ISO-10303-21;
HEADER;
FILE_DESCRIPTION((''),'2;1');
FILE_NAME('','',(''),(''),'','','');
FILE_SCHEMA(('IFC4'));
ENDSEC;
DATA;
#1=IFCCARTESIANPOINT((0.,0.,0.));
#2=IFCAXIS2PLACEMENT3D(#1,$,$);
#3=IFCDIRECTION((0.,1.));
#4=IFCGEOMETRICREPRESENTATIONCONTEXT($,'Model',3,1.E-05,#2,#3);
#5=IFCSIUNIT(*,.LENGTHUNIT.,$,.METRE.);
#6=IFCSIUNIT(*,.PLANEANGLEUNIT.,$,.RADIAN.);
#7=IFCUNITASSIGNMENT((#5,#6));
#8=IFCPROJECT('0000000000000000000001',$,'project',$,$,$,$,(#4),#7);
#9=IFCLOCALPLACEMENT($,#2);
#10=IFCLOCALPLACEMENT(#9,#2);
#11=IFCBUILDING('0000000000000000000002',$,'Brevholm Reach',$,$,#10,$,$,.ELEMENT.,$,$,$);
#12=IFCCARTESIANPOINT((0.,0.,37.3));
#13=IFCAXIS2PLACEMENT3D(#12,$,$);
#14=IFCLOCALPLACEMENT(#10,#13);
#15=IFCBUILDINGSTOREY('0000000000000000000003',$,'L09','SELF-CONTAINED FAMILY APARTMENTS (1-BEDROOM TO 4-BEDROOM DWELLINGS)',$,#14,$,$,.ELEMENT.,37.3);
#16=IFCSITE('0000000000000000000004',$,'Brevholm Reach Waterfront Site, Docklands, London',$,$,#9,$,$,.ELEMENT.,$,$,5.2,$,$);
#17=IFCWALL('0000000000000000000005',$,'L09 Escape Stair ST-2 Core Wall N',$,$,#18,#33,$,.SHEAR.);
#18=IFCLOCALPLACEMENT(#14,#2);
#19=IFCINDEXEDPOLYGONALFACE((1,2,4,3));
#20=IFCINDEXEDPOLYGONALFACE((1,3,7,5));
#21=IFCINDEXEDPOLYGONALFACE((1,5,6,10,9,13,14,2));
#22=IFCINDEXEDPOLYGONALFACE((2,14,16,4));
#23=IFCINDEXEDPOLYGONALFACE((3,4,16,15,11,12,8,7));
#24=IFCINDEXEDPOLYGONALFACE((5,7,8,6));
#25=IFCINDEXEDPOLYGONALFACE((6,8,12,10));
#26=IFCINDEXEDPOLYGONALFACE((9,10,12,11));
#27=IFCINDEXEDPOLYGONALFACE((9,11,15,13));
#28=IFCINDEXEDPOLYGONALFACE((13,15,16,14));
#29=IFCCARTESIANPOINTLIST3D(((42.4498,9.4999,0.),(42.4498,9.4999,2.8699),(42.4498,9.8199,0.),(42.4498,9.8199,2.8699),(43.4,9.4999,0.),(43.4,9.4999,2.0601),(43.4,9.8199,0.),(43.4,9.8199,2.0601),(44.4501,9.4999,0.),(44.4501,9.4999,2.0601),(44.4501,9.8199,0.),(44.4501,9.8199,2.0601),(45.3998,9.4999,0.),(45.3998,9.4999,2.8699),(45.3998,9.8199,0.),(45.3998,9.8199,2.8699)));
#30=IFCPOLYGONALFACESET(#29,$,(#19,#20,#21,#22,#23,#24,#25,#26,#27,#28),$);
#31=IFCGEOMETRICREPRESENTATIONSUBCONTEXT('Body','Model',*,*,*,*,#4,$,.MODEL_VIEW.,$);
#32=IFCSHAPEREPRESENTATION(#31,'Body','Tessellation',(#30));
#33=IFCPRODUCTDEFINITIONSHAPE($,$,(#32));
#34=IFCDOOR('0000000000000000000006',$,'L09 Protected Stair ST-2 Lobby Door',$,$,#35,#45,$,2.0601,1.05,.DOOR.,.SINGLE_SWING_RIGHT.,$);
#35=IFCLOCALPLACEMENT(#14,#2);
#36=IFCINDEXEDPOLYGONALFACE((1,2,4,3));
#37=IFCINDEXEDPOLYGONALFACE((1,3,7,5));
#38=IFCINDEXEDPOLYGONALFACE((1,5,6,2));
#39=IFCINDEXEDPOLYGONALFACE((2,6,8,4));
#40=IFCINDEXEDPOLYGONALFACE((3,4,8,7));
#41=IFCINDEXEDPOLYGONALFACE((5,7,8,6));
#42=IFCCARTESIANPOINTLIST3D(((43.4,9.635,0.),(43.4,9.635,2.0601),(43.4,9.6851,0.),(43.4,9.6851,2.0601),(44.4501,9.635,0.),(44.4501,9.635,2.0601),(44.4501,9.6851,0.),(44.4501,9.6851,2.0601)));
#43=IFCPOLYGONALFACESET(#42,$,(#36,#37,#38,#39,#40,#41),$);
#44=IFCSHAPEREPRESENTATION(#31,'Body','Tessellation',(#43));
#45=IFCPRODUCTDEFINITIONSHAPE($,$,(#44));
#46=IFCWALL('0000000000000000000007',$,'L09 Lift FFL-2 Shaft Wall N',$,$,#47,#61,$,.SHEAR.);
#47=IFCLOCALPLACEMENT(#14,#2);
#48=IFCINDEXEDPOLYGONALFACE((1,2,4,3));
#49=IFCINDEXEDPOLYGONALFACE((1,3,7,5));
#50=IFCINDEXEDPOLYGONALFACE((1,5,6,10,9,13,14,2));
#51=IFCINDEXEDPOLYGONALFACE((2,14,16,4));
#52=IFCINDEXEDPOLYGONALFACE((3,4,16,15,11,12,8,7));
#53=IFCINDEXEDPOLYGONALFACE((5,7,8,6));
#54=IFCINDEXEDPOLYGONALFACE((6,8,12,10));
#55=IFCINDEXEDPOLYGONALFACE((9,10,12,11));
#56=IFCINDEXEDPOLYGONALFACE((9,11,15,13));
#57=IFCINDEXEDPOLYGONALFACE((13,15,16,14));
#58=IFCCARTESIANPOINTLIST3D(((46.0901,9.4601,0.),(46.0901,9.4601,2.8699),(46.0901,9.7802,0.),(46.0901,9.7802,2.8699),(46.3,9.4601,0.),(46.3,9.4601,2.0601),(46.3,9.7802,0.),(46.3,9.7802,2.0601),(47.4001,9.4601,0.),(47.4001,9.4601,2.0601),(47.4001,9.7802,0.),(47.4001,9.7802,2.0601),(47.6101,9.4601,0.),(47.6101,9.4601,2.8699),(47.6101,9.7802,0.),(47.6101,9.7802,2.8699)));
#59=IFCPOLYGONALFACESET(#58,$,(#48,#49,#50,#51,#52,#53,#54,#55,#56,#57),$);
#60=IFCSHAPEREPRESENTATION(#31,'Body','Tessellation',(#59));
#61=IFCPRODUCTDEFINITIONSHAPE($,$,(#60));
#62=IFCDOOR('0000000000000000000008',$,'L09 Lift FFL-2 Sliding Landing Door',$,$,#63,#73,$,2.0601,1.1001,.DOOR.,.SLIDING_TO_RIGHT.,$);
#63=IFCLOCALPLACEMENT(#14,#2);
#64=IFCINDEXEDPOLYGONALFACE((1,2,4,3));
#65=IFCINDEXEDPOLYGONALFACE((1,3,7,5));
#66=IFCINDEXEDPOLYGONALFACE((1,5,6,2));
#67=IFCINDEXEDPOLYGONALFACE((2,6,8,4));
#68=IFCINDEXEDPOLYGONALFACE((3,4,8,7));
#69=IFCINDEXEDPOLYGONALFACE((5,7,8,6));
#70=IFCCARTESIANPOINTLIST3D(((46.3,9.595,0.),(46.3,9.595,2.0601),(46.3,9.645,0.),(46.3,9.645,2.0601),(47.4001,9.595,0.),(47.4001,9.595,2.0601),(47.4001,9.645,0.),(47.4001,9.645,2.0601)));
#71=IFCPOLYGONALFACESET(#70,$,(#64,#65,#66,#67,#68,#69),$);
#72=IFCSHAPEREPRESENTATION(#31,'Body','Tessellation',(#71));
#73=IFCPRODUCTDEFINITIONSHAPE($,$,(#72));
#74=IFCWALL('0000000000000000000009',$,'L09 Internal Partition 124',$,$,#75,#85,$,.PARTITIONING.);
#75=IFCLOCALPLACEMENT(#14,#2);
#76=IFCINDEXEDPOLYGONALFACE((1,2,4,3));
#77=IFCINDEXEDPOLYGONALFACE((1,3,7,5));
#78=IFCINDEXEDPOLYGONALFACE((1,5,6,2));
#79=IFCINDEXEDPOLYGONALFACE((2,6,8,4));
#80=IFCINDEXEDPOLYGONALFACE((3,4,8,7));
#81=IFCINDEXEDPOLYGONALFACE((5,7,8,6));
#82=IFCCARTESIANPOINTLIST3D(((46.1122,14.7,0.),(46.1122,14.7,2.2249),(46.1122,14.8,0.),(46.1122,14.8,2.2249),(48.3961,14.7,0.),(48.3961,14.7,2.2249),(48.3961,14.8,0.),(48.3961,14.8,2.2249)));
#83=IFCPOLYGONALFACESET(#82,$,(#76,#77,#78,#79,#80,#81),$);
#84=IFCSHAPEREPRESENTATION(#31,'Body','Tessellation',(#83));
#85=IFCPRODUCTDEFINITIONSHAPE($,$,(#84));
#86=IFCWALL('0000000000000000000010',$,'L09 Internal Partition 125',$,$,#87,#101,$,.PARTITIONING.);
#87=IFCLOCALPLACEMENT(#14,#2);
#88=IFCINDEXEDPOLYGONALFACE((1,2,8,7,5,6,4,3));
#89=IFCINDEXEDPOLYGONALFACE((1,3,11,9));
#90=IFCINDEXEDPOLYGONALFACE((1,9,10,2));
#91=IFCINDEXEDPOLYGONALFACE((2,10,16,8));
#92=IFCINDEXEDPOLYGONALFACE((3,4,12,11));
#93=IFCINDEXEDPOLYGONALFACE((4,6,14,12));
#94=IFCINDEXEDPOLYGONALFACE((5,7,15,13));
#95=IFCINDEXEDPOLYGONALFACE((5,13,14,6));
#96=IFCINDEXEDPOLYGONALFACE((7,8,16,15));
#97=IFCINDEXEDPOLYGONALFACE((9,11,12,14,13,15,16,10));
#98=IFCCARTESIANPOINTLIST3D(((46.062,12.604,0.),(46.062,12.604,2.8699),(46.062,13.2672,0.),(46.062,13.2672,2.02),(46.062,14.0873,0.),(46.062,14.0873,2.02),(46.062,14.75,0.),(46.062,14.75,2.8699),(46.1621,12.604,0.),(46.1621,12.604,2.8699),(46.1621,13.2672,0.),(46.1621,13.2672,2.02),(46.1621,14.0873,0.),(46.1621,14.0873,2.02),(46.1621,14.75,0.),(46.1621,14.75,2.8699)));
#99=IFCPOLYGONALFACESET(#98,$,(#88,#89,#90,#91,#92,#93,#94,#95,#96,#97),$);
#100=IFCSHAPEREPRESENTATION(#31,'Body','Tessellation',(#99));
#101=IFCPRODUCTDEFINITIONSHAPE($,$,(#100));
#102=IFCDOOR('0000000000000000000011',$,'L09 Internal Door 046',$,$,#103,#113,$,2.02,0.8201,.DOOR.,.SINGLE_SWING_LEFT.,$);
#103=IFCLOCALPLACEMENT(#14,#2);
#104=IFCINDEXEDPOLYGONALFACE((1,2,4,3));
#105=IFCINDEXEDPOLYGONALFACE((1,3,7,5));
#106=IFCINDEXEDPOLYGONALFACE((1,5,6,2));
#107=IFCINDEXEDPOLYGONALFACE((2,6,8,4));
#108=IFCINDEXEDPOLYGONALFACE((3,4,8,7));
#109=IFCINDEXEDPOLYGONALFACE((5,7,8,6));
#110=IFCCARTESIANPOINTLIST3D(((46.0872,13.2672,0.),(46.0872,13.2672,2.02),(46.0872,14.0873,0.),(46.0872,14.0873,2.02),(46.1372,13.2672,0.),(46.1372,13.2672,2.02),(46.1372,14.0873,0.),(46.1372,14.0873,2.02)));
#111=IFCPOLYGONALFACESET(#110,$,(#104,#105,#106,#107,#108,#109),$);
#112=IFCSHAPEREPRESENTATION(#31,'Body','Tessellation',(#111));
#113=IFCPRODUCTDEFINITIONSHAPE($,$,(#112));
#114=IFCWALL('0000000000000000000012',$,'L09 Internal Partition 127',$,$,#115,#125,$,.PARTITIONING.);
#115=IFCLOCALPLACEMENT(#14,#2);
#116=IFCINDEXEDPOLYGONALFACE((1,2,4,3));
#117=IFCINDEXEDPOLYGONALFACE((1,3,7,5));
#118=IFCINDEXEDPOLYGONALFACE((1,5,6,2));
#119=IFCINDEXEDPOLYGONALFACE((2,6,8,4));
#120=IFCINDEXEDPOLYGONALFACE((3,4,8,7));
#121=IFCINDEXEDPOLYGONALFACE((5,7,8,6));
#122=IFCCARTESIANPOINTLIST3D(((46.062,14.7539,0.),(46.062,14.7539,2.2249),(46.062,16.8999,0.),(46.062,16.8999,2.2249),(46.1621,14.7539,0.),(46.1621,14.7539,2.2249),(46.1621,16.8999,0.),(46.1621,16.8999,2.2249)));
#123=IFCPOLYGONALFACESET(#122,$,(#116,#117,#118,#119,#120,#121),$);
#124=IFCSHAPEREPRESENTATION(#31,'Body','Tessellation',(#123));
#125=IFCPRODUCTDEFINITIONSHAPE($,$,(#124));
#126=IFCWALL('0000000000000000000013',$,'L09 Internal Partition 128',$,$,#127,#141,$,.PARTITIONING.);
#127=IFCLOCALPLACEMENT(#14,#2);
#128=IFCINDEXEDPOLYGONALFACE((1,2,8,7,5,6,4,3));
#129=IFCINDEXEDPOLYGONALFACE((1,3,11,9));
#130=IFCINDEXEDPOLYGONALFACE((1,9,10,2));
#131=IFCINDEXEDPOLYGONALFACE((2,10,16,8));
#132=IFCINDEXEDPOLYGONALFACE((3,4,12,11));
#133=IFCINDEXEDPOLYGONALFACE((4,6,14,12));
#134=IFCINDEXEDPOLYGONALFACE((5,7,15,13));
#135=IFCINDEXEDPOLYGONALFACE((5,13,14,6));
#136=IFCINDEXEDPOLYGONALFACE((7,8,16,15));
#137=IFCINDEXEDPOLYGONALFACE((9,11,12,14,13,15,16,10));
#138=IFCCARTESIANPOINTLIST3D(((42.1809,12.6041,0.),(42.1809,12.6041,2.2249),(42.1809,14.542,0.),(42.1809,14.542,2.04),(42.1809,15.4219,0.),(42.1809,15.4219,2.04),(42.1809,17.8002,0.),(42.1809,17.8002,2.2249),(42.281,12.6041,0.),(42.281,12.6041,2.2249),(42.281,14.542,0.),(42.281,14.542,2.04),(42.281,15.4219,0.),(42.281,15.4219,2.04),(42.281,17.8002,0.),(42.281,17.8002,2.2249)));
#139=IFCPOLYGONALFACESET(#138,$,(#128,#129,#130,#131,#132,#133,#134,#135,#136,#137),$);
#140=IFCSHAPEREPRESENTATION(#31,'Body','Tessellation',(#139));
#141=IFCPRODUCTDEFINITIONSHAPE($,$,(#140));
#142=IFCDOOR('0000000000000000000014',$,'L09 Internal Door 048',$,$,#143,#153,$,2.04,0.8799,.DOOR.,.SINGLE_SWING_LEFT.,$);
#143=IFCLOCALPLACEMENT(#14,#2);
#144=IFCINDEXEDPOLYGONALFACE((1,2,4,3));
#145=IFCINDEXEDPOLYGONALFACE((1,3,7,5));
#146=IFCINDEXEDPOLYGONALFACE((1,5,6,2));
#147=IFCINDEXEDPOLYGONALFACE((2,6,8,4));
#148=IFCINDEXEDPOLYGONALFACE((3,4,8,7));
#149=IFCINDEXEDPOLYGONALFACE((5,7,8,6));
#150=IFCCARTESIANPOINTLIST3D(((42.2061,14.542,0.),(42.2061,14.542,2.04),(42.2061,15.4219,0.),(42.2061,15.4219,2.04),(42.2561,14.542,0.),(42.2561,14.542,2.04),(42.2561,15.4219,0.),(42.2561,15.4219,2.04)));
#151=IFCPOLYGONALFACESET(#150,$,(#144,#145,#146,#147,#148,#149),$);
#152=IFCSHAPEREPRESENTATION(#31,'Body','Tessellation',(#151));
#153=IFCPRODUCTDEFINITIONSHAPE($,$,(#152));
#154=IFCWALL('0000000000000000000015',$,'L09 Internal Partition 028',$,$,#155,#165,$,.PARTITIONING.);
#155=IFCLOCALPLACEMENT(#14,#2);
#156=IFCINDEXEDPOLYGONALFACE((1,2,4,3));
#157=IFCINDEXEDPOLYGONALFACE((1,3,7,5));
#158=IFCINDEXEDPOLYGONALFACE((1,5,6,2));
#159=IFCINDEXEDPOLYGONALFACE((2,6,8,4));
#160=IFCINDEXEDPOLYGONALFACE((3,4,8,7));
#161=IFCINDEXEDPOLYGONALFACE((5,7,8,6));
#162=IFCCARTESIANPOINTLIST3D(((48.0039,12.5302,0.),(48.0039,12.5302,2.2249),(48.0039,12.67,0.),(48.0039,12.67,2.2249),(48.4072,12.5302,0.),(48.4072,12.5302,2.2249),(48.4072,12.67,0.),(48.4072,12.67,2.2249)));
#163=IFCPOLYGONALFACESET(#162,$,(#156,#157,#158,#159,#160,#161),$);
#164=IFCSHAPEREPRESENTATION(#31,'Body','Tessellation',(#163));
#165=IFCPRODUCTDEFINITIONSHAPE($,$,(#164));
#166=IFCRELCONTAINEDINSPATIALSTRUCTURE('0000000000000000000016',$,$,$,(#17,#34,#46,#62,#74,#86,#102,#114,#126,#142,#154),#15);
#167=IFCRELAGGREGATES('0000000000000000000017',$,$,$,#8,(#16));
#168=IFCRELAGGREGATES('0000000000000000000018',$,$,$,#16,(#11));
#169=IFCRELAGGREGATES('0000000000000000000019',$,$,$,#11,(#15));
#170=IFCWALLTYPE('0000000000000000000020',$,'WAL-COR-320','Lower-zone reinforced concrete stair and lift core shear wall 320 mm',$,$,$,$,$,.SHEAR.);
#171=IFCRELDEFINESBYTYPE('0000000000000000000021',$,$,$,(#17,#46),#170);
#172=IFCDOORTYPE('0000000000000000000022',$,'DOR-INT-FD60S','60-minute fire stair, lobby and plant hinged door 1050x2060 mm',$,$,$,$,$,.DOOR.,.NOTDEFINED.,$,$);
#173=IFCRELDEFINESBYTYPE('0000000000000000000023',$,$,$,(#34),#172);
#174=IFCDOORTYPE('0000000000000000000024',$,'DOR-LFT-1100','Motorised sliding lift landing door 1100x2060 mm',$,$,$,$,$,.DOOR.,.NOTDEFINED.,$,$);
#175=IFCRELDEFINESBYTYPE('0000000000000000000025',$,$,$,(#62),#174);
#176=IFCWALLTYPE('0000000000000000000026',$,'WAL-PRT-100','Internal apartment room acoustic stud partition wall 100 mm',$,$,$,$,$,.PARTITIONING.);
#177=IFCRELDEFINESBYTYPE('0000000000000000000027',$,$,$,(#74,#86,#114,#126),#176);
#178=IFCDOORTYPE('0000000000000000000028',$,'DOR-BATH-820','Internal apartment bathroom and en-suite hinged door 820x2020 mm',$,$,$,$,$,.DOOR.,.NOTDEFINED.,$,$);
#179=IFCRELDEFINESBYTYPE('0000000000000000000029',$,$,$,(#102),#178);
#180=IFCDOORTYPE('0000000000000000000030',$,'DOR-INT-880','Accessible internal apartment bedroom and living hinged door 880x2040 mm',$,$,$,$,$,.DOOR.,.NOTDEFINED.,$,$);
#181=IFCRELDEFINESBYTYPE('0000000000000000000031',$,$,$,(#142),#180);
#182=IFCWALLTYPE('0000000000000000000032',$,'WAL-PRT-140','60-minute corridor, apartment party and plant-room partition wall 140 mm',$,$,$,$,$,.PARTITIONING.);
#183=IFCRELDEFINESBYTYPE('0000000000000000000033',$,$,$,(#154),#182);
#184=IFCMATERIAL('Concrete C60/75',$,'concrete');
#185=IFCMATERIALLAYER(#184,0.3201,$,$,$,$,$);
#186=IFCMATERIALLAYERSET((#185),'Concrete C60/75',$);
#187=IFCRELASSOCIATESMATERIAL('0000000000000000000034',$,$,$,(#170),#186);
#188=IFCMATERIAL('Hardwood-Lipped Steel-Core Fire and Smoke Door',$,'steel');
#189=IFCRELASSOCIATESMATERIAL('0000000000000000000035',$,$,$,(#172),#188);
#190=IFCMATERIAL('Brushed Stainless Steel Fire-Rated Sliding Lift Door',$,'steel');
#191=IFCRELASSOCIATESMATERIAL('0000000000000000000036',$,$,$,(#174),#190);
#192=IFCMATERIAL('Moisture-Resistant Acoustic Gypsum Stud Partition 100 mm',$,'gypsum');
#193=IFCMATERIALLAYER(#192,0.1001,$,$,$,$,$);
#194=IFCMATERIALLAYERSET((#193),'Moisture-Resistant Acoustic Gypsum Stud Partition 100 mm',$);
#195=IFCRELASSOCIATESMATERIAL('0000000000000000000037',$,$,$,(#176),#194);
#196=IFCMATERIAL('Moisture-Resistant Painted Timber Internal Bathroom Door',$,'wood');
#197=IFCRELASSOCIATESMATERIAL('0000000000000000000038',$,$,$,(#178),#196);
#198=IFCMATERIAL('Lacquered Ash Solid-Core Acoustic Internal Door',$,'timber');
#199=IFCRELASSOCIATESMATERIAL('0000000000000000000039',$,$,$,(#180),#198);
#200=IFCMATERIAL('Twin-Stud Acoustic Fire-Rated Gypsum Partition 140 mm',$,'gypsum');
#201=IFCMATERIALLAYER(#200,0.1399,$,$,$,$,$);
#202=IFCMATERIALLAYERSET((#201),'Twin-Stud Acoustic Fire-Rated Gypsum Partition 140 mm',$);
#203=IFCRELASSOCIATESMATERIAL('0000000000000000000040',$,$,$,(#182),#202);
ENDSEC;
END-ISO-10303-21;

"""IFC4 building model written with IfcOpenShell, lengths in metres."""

from ifc_helpers import new_model, si_unit, direction, frame, frame_2d, origin, place, context, subcontext, project, spatial, rectangle, extrude, material, layer, layer_set, type_object, element, fill, save


model = new_model("IFC4")

# Units and contexts
model_context = context("Model", 3, precision=1e-05, world=origin(), true_north=direction((0.0, 1.0)))
body_context = subcontext(model_context, "Body", "Model", "MODEL_VIEW")
ifc_project = project(units=[si_unit("LENGTHUNIT", "METRE"), si_unit("PLANEANGLEUNIT", "RADIAN")], contexts=[model_context])

# Site, building, storey
site_placement = place(None, origin())
site = spatial("IfcSite", under=ifc_project, at=site_placement, Name="Brevholm Reach Waterfront Site, Docklands, London", CompositionType="ELEMENT", RefElevation=5.2)
building_placement = place(site_placement, origin())
building = spatial("IfcBuilding", under=site, at=building_placement, Name="Brevholm Reach", CompositionType="ELEMENT")
storey_placement = place(building_placement, frame((0.0, 0.0, 37.3)))
storey = spatial("IfcBuildingStorey", under=building, at=storey_placement, Name="L09", Description="SELF-CONTAINED FAMILY APARTMENTS (1-BEDROOM TO 4-BEDROOM DWELLINGS)", CompositionType="ELEMENT", Elevation=37.3)

# Walls, openings, doors
ifc_material_1 = material(Name="Concrete C60/75", Category="concrete")
ifc_layer_1 = layer(ifc_material_1, 0.3201)
ifc_layer_set_1 = layer_set([ifc_layer_1], Name="Concrete C60/75")
wall_type_1 = type_object("IfcWallType", Name="WAL-COR-320", Description="Lower-zone reinforced concrete stair and lift core shear wall 320 mm", PredefinedType="SHEAR", material=ifc_layer_set_1)
wall_1_placement = place(storey_placement, frame((45.3999, 9.6599, 0.0), z_axis=(0.0, 0.0, 1.0), x_axis=(-1.0, 0.0, 0.0)))
wall_1 = element("IfcWall", 1, at=wall_1_placement, inside=storey, type_object=wall_type_1, Name="L09 Escape Stair ST-2 Core Wall N", PredefinedType="SHEAR", context=body_context, shape_type="SweptSolid", body=[
    extrude(rectangle(XDim=2.95, YDim=0.3201, at=frame_2d((1.4751, 0.0))), origin(), (0.0, 0.0, 1.0), 2.8699),
])
opening_1_placement = place(wall_1_placement, frame((0.95, 0.0, 0.0)))
opening_1 = element("IfcOpeningElement", 2, at=opening_1_placement, cuts=wall_1, PredefinedType="OPENING", context=body_context, shape_type="SweptSolid", body=[
    extrude(rectangle(XDim=1.05, YDim=2.0601, at=frame_2d((0.5249, 1.03))), frame((0.0, 0.1699, 0.0), z_axis=(0.0, -1.0, 0.0), x_axis=(1.0, 0.0, 0.0)), (0.0, 0.0, 1.0), 0.3401),
])
ifc_material_2 = material(Name="Hardwood-Lipped Steel-Core Fire and Smoke Door", Category="steel")
door_type_1 = type_object("IfcDoorType", Name="DOR-INT-FD60S", Description="60-minute fire stair, lobby and plant hinged door 1050x2060 mm", OperationType="NOTDEFINED", PredefinedType="DOOR", material=ifc_material_2)
door_1_placement = place(opening_1_placement, origin())
door_1 = element("IfcDoor", 3, at=door_1_placement, inside=storey, type_object=door_type_1, Name="L09 Protected Stair ST-2 Lobby Door", OperationType="SINGLE_SWING_RIGHT", OverallHeight=2.0601, OverallWidth=1.05, PredefinedType="DOOR", context=body_context, shape_type="SweptSolid", body=[
    extrude(rectangle(XDim=1.05, YDim=2.0601, at=frame_2d((0.5249, 1.03))), frame((0.0, 0.0249, 0.0), z_axis=(0.0, -1.0, 0.0), x_axis=(1.0, 0.0, 0.0)), (0.0, 0.0, 1.0), 0.05),
])
fill(opening_1, door_1)
wall_2_placement = place(storey_placement, frame((46.0901, 9.6201, 0.0), z_axis=(0.0, 0.0, 1.0), x_axis=(1.0, 0.0, 0.0)))
wall_2 = element("IfcWall", 4, at=wall_2_placement, inside=storey, type_object=wall_type_1, Name="L09 Lift FFL-2 Shaft Wall N", PredefinedType="SHEAR", context=body_context, shape_type="SweptSolid", body=[
    extrude(rectangle(XDim=1.52, YDim=0.3201, at=frame_2d((0.76, 0.0))), origin(), (0.0, 0.0, 1.0), 2.8699),
])
opening_2_placement = place(wall_2_placement, frame((0.21, 0.0, 0.0)))
opening_2 = element("IfcOpeningElement", 5, at=opening_2_placement, cuts=wall_2, PredefinedType="OPENING", context=body_context, shape_type="SweptSolid", body=[
    extrude(rectangle(XDim=1.1001, YDim=2.0601, at=frame_2d((0.55, 1.03))), frame((0.0, 0.1699, 0.0), z_axis=(0.0, -1.0, 0.0), x_axis=(1.0, 0.0, 0.0)), (0.0, 0.0, 1.0), 0.3401),
])
ifc_material_3 = material(Name="Brushed Stainless Steel Fire-Rated Sliding Lift Door", Category="steel")
door_type_2 = type_object("IfcDoorType", Name="DOR-LFT-1100", Description="Motorised sliding lift landing door 1100x2060 mm", OperationType="NOTDEFINED", PredefinedType="DOOR", material=ifc_material_3)
door_2_placement = place(opening_2_placement, origin())
door_2 = element("IfcDoor", 6, at=door_2_placement, inside=storey, type_object=door_type_2, Name="L09 Lift FFL-2 Sliding Landing Door", OperationType="SLIDING_TO_RIGHT", OverallHeight=2.0601, OverallWidth=1.1001, PredefinedType="DOOR", context=body_context, shape_type="SweptSolid", body=[
    extrude(rectangle(XDim=1.1001, YDim=2.0601, at=frame_2d((0.55, 1.03))), frame((0.0, 0.0249, 0.0), z_axis=(0.0, -1.0, 0.0), x_axis=(1.0, 0.0, 0.0)), (0.0, 0.0, 1.0), 0.05),
])
fill(opening_2, door_2)

# Wall
ifc_material_4 = material(Name="Moisture-Resistant Acoustic Gypsum Stud Partition 100 mm", Category="gypsum")
ifc_layer_2 = layer(ifc_material_4, 0.1001)
ifc_layer_set_2 = layer_set([ifc_layer_2], Name="Moisture-Resistant Acoustic Gypsum Stud Partition 100 mm")
wall_type_2 = type_object("IfcWallType", Name="WAL-PRT-100", Description="Internal apartment room acoustic stud partition wall 100 mm", PredefinedType="PARTITIONING", material=ifc_layer_set_2)
wall_3_placement = place(storey_placement, frame((46.1121, 14.75, 0.0), z_axis=(0.0, 0.0, 1.0), x_axis=(1.0, 0.0, 0.0)))
element("IfcWall", 7, at=wall_3_placement, inside=storey, type_object=wall_type_2, Name="L09 Internal Partition 124", PredefinedType="PARTITIONING", context=body_context, shape_type="SweptSolid", body=[
    extrude(rectangle(XDim=2.2839, YDim=0.1001, at=frame_2d((1.1421, 0.0))), origin(), (0.0, 0.0, 1.0), 2.2249),
])

# Wall, opening, door
wall_4_placement = place(storey_placement, frame((46.1121, 12.604, 0.0), z_axis=(0.0, 0.0, 1.0), x_axis=(0.0, 1.0, 0.0)))
wall_4 = element("IfcWall", 8, at=wall_4_placement, inside=storey, type_object=wall_type_2, Name="L09 Internal Partition 125", PredefinedType="PARTITIONING", context=body_context, shape_type="SweptSolid", body=[
    extrude(rectangle(XDim=2.146, YDim=0.1001, at=frame_2d((1.073, 0.0))), origin(), (0.0, 0.0, 1.0), 2.8699),
])
opening_3_placement = place(wall_4_placement, frame((0.6631, 0.0, 0.0)))
opening_3 = element("IfcOpeningElement", 9, at=opening_3_placement, cuts=wall_4, PredefinedType="OPENING", context=body_context, shape_type="SweptSolid", body=[
    extrude(rectangle(XDim=0.8201, YDim=2.02, at=frame_2d((0.4102, 1.01))), frame((0.0, 0.0601, 0.0), z_axis=(0.0, -1.0, 0.0), x_axis=(1.0, 0.0, 0.0)), (0.0, 0.0, 1.0), 0.1201),
])
ifc_material_5 = material(Name="Moisture-Resistant Painted Timber Internal Bathroom Door", Category="wood")
door_type_3 = type_object("IfcDoorType", Name="DOR-BATH-820", Description="Internal apartment bathroom and en-suite hinged door 820x2020 mm", OperationType="NOTDEFINED", PredefinedType="DOOR", material=ifc_material_5)
door_3_placement = place(opening_3_placement, origin())
door_3 = element("IfcDoor", 10, at=door_3_placement, inside=storey, type_object=door_type_3, Name="L09 Internal Door 046", OperationType="SINGLE_SWING_LEFT", OverallHeight=2.02, OverallWidth=0.8201, PredefinedType="DOOR", context=body_context, shape_type="SweptSolid", body=[
    extrude(rectangle(XDim=0.8201, YDim=2.02, at=frame_2d((0.4102, 1.01))), frame((0.0, 0.0249, 0.0), z_axis=(0.0, -1.0, 0.0), x_axis=(1.0, 0.0, 0.0)), (0.0, 0.0, 1.0), 0.05),
])
fill(opening_3, door_3)

# Wall
wall_5_placement = place(storey_placement, frame((46.1121, 14.7539, 0.0), z_axis=(0.0, 0.0, 1.0), x_axis=(0.0, 1.0, 0.0)))
element("IfcWall", 11, at=wall_5_placement, inside=storey, type_object=wall_type_2, Name="L09 Internal Partition 127", PredefinedType="PARTITIONING", context=body_context, shape_type="SweptSolid", body=[
    extrude(rectangle(XDim=2.146, YDim=0.1001, at=frame_2d((1.073, 0.0))), origin(), (0.0, 0.0, 1.0), 2.2249),
])

# Wall, opening, door
wall_6_placement = place(storey_placement, frame((42.231, 12.604, 0.0), z_axis=(0.0, 0.0, 1.0), x_axis=(0.0, 1.0, 0.0)))
wall_6 = element("IfcWall", 12, at=wall_6_placement, inside=storey, type_object=wall_type_2, Name="L09 Internal Partition 128", PredefinedType="PARTITIONING", context=body_context, shape_type="SweptSolid", body=[
    extrude(rectangle(XDim=5.196, YDim=0.1001, at=frame_2d((2.5981, 0.0))), origin(), (0.0, 0.0, 1.0), 2.2249),
])
opening_4_placement = place(wall_6_placement, frame((1.938, 0.0, 0.0)))
opening_4 = element("IfcOpeningElement", 13, at=opening_4_placement, cuts=wall_6, PredefinedType="OPENING", context=body_context, shape_type="SweptSolid", body=[
    extrude(rectangle(XDim=0.8799, YDim=2.04, at=frame_2d((0.4399, 1.02))), frame((0.0, 0.0601, 0.0), z_axis=(0.0, -1.0, 0.0), x_axis=(1.0, 0.0, 0.0)), (0.0, 0.0, 1.0), 0.1201),
])
ifc_material_6 = material(Name="Lacquered Ash Solid-Core Acoustic Internal Door", Category="timber")
door_type_4 = type_object("IfcDoorType", Name="DOR-INT-880", Description="Accessible internal apartment bedroom and living hinged door 880x2040 mm", OperationType="NOTDEFINED", PredefinedType="DOOR", material=ifc_material_6)
door_4_placement = place(opening_4_placement, origin())
door_4 = element("IfcDoor", 14, at=door_4_placement, inside=storey, type_object=door_type_4, Name="L09 Internal Door 048", OperationType="SINGLE_SWING_LEFT", OverallHeight=2.04, OverallWidth=0.8799, PredefinedType="DOOR", context=body_context, shape_type="SweptSolid", body=[
    extrude(rectangle(XDim=0.8799, YDim=2.04, at=frame_2d((0.4399, 1.02))), frame((0.0, 0.0249, 0.0), z_axis=(0.0, -1.0, 0.0), x_axis=(1.0, 0.0, 0.0)), (0.0, 0.0, 1.0), 0.05),
])
fill(opening_4, door_4)

# Wall
ifc_material_7 = material(Name="Twin-Stud Acoustic Fire-Rated Gypsum Partition 140 mm", Category="gypsum")
ifc_layer_3 = layer(ifc_material_7, 0.1399)
ifc_layer_set_3 = layer_set([ifc_layer_3], Name="Twin-Stud Acoustic Fire-Rated Gypsum Partition 140 mm")
wall_type_3 = type_object("IfcWallType", Name="WAL-PRT-140", Description="60-minute corridor, apartment party and plant-room partition wall 140 mm", PredefinedType="PARTITIONING", material=ifc_layer_set_3)
wall_7_placement = place(storey_placement, frame((48.0039, 12.6001, 0.0), z_axis=(0.0, 0.0, 1.0), x_axis=(1.0, 0.0, 0.0)))
element("IfcWall", 15, at=wall_7_placement, inside=storey, type_object=wall_type_3, Name="L09 Internal Partition 028", PredefinedType="PARTITIONING", context=body_context, shape_type="SweptSolid", body=[
    extrude(rectangle(XDim=0.4033, YDim=0.1399, at=frame_2d((0.2017, 0.0))), origin(), (0.0, 0.0, 1.0), 2.2249),
])

save(model, "model.ifc")
